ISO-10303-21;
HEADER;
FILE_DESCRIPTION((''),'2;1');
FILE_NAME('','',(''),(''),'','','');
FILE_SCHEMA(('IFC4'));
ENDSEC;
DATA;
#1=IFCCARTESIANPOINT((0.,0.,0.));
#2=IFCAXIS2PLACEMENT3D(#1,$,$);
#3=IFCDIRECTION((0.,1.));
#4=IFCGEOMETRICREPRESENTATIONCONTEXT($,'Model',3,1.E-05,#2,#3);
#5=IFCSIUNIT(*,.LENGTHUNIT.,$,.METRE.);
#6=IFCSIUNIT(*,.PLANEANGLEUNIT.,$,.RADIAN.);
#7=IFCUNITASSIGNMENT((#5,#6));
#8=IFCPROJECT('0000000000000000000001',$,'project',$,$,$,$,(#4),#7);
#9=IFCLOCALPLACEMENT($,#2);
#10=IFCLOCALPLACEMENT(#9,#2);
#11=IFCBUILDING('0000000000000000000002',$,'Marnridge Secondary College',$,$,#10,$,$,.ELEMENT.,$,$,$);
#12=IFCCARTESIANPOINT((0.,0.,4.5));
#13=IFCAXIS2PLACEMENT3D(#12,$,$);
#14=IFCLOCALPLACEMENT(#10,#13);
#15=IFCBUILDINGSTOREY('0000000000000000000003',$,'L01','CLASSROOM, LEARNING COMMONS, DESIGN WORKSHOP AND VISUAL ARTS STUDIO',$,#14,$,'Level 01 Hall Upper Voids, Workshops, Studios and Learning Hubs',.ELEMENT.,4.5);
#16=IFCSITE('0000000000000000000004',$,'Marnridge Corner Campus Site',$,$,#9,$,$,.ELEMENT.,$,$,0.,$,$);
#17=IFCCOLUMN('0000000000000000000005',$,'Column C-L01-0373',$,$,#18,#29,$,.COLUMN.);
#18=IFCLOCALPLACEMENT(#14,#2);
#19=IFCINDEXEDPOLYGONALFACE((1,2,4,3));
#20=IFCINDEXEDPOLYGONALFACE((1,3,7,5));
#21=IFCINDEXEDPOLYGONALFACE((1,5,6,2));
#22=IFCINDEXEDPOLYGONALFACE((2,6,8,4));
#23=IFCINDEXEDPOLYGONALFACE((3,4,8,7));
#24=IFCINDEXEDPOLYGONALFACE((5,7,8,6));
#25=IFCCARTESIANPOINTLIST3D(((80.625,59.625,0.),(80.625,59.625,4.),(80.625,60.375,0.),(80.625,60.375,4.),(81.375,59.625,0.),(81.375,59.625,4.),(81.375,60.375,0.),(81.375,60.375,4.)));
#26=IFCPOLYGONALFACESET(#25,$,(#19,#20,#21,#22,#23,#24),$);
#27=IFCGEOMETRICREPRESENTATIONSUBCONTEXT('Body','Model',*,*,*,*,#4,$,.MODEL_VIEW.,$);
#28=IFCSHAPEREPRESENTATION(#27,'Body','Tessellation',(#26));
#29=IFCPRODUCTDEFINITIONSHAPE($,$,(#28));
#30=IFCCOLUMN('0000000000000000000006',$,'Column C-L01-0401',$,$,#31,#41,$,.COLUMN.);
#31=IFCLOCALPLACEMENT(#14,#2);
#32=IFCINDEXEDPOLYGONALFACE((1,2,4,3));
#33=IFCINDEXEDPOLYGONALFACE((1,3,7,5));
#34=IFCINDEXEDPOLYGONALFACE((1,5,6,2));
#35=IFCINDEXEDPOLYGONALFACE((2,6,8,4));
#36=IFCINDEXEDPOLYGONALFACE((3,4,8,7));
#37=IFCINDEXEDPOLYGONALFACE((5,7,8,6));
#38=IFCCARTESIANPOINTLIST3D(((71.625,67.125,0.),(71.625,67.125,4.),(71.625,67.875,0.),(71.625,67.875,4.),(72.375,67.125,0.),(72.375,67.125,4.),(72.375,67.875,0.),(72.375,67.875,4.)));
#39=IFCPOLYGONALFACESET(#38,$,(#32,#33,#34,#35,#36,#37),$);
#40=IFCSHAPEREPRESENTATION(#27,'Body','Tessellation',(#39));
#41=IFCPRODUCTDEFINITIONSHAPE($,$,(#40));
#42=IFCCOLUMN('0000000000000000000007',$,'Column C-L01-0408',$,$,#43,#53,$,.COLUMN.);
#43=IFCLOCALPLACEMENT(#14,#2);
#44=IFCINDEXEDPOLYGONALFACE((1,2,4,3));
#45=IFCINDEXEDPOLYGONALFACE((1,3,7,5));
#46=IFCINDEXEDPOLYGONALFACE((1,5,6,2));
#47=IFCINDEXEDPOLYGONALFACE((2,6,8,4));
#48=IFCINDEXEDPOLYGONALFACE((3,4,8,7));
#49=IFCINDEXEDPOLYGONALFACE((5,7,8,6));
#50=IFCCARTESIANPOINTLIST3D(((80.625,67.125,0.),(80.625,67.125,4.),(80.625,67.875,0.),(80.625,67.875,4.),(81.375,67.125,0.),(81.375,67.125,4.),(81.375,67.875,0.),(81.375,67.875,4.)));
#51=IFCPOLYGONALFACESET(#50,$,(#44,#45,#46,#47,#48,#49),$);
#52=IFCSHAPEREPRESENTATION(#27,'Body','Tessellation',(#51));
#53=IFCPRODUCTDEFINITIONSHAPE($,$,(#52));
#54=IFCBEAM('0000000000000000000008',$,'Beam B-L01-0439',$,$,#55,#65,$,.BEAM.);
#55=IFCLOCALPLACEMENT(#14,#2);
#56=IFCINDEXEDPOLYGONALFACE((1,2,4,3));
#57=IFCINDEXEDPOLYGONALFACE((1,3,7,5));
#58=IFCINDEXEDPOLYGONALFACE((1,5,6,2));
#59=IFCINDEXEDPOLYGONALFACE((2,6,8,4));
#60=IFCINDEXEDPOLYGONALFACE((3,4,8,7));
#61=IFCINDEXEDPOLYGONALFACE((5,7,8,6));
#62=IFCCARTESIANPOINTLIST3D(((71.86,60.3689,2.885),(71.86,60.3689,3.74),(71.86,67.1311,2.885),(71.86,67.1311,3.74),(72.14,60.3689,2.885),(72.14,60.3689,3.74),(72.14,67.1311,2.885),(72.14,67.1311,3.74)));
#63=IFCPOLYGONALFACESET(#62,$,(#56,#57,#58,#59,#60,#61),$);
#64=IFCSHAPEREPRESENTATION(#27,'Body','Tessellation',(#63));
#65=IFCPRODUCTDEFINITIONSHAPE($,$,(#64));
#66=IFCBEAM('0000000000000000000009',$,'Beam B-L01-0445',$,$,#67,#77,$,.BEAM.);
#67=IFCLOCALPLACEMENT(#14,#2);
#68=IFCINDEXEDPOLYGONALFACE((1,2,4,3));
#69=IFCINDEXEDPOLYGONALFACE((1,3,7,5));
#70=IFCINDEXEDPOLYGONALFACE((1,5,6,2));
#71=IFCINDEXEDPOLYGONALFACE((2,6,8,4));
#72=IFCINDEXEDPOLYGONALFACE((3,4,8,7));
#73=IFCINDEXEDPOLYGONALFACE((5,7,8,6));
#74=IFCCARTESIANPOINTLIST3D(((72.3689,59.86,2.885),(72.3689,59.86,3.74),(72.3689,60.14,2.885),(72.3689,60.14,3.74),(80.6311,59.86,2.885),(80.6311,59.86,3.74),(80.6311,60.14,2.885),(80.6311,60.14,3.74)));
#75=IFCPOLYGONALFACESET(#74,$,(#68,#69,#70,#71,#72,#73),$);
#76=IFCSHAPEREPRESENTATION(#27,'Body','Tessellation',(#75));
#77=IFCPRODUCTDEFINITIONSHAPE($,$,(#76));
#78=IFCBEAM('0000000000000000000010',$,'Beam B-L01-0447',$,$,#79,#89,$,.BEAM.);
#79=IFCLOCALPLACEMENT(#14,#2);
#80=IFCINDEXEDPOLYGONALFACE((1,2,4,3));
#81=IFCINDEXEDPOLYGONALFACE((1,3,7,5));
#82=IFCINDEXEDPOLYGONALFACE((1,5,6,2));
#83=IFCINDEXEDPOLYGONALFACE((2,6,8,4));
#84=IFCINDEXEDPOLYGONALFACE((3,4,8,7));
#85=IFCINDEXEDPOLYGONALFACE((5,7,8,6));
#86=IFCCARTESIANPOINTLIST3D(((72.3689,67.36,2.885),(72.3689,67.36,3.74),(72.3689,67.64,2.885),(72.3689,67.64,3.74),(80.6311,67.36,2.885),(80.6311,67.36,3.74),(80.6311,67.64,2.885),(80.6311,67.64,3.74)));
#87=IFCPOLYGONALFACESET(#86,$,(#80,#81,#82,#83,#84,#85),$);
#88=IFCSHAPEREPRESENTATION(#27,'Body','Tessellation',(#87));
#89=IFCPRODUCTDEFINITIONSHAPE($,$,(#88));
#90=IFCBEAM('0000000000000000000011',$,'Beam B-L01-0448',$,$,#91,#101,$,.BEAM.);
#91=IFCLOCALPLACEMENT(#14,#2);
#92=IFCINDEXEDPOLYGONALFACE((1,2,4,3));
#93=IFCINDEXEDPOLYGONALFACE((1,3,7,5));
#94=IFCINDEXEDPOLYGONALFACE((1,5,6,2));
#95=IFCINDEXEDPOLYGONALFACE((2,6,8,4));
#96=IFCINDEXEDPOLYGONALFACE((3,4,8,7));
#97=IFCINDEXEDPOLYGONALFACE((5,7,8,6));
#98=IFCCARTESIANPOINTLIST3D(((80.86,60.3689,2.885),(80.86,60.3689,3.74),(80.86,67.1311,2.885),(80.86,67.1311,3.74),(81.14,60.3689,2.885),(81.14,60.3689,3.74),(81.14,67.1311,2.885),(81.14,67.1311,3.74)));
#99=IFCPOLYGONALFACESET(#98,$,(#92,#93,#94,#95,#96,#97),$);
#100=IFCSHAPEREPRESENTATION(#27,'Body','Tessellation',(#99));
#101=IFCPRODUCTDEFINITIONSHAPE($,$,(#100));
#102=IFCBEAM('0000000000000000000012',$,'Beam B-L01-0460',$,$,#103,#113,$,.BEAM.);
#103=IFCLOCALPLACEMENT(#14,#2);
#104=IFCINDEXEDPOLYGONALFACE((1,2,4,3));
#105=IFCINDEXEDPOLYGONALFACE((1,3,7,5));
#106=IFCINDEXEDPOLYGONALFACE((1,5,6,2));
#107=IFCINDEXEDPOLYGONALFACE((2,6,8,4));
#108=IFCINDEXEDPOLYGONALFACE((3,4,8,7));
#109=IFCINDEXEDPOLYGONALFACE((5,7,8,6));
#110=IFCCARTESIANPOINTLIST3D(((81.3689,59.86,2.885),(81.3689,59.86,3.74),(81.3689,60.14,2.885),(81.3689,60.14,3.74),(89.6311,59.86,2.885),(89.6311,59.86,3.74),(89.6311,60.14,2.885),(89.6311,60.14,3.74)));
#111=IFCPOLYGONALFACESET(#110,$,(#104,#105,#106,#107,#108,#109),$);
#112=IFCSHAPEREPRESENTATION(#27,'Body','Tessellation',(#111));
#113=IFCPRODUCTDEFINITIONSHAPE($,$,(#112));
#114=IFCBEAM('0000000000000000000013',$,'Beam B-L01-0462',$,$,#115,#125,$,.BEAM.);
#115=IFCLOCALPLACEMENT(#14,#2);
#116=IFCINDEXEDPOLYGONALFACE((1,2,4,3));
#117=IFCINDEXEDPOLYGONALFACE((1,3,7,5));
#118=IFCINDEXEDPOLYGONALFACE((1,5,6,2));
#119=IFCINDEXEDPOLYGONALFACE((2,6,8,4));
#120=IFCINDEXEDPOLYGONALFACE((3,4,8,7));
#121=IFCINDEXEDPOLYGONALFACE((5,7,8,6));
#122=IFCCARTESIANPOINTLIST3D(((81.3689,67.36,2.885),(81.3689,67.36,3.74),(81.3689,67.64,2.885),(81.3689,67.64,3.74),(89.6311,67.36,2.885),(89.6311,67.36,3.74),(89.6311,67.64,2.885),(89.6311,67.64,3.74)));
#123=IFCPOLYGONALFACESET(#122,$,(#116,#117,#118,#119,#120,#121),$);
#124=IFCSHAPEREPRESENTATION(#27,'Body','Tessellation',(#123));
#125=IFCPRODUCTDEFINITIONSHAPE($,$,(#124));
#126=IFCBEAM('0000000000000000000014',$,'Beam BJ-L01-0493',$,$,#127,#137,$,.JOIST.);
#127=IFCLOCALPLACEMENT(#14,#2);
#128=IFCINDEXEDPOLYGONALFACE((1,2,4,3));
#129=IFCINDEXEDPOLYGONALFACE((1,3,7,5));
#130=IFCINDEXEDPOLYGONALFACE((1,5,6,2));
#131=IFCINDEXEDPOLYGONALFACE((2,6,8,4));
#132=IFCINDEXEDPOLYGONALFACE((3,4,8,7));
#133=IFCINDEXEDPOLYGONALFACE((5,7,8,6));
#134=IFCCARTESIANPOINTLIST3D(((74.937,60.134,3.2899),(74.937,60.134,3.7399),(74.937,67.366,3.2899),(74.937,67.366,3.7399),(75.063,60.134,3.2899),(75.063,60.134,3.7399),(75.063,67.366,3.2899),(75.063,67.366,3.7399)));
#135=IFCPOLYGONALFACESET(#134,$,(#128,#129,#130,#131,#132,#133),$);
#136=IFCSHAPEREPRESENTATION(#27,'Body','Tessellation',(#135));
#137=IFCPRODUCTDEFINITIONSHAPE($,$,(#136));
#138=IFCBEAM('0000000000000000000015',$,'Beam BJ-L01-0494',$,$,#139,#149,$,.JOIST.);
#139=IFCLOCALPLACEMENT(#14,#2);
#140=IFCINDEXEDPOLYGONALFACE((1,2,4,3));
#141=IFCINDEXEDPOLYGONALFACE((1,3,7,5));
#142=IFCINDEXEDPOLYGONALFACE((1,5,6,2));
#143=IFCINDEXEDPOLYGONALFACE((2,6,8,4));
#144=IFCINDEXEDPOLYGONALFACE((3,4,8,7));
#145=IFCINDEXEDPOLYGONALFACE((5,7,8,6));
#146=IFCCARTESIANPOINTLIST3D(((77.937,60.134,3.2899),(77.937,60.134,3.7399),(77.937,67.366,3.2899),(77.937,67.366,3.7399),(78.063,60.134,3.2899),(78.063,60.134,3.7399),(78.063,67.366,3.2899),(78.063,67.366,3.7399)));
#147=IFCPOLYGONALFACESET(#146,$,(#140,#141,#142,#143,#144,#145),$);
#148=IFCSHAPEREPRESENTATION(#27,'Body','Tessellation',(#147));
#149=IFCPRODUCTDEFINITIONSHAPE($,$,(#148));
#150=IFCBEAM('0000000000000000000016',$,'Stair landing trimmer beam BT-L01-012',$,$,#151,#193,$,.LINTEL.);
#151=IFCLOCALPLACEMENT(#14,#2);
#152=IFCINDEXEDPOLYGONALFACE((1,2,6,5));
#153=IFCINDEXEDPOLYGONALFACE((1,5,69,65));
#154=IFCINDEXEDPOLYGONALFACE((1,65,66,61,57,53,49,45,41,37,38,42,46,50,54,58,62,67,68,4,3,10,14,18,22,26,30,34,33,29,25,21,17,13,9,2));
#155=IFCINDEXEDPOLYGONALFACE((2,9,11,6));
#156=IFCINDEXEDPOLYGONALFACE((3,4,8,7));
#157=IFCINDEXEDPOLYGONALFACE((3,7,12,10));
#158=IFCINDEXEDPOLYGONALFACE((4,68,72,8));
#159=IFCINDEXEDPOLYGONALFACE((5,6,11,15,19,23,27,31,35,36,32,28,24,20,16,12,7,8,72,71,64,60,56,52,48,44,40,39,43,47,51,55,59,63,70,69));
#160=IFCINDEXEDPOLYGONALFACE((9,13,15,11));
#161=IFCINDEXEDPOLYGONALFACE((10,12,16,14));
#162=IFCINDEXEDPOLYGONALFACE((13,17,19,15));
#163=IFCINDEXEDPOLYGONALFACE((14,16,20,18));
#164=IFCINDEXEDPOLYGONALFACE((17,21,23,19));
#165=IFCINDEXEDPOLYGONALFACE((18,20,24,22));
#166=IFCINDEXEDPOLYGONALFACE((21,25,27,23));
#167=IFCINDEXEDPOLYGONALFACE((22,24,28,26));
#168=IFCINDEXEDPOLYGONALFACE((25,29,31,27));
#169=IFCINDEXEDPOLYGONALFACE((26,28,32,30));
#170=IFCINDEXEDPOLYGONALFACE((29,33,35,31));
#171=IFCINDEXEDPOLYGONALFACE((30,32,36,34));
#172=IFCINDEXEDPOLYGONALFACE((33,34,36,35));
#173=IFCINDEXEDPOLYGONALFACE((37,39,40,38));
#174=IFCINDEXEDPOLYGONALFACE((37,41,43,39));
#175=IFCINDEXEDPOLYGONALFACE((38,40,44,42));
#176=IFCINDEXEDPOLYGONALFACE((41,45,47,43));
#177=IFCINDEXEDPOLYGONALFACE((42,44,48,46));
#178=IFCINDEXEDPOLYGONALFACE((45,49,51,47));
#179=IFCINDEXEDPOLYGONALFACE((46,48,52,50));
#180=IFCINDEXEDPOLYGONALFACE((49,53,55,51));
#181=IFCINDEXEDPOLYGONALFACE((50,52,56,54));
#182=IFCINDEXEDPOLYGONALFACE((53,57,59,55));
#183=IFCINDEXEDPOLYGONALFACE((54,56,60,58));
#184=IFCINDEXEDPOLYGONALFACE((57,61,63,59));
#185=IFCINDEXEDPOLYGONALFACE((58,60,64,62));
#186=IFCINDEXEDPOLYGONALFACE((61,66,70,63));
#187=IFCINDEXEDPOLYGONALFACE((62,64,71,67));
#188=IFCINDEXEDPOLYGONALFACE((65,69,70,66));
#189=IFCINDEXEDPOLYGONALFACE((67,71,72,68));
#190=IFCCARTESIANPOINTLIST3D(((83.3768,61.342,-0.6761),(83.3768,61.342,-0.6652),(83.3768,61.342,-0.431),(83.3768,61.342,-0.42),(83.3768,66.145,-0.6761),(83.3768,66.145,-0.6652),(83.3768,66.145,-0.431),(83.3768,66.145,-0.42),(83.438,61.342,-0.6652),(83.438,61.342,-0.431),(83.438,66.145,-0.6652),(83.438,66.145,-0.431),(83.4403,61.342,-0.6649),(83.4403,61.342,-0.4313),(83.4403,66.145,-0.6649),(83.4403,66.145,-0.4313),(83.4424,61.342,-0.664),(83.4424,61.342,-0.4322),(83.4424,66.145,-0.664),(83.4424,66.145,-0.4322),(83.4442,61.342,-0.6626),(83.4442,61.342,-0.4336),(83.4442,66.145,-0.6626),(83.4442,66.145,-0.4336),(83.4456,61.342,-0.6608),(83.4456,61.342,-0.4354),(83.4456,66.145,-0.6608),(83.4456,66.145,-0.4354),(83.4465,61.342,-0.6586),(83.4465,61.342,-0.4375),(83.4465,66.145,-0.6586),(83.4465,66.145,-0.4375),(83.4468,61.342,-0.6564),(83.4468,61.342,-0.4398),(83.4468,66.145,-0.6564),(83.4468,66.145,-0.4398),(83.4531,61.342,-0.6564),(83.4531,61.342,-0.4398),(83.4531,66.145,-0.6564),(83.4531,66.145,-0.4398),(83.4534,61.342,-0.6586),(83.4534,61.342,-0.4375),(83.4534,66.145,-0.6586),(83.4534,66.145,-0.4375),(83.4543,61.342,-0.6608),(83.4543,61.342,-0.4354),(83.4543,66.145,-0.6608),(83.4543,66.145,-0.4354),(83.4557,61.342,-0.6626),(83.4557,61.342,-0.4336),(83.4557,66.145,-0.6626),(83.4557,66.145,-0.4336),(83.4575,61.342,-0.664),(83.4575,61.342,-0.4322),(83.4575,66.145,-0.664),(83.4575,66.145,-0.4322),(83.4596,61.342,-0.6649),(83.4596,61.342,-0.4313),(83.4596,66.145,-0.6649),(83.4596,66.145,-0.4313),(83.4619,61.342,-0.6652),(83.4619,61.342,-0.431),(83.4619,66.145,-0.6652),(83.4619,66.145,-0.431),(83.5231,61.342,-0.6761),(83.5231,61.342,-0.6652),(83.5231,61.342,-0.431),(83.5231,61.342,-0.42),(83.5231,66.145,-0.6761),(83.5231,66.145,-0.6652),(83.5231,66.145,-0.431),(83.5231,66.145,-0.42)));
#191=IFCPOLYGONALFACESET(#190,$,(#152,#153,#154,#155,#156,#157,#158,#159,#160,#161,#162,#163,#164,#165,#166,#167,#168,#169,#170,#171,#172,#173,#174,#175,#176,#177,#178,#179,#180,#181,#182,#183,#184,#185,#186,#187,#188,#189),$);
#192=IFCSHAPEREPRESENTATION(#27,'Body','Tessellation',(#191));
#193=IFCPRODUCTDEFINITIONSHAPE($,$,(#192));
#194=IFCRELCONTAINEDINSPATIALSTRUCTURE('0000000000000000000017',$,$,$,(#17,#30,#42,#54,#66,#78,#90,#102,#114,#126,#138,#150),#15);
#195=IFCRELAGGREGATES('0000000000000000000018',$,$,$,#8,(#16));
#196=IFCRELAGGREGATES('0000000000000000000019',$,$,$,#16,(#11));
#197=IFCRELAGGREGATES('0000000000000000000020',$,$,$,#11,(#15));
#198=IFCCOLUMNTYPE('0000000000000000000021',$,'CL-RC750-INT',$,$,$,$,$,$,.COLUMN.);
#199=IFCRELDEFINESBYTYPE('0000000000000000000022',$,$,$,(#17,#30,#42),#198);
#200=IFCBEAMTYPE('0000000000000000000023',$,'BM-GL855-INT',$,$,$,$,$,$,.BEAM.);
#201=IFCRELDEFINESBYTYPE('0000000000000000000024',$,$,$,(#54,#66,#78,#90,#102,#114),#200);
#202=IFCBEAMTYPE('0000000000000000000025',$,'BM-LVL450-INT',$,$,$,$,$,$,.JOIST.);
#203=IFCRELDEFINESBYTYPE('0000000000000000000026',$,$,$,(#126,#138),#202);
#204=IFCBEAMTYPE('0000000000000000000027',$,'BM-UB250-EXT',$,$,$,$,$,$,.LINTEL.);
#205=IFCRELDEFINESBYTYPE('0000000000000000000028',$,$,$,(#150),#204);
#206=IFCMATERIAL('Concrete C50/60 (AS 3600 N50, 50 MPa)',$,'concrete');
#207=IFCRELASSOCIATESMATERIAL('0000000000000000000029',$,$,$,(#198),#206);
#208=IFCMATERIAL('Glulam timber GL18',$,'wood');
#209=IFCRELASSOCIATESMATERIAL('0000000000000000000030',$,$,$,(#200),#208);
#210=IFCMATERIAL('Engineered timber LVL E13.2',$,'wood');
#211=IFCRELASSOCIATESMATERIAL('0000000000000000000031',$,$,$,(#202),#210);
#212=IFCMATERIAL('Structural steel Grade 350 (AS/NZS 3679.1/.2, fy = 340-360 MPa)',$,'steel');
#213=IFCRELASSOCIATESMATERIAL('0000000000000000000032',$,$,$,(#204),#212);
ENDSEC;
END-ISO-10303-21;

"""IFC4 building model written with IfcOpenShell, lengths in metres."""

from ifc_helpers import new_model, si_unit, direction, frame, origin, origin_2d, place, context, subcontext, project, spatial, rectangle, i_section, extrude, material, material_profile, profile_set, type_object, element, save


model = new_model("IFC4")

# Units and contexts
model_context = context("Model", 3, precision=1e-05, world=origin(), true_north=direction((0.0, 1.0)))
body_context = subcontext(model_context, "Body", "Model", "MODEL_VIEW")
ifc_project = project(units=[si_unit("LENGTHUNIT", "METRE"), si_unit("PLANEANGLEUNIT", "RADIAN")], contexts=[model_context])

# Site, building, storey
site_placement = place(None, origin())
site = spatial("IfcSite", under=ifc_project, at=site_placement, Name="Marnridge Corner Campus Site", CompositionType="ELEMENT", RefElevation=0.0)
building_placement = place(site_placement, origin())
building = spatial("IfcBuilding", under=site, at=building_placement, Name="Marnridge Secondary College", CompositionType="ELEMENT")
storey_placement = place(building_placement, frame((0.0, 0.0, 4.5)))
storey = spatial("IfcBuildingStorey", under=building, at=storey_placement, Name="L01", Description="CLASSROOM, LEARNING COMMONS, DESIGN WORKSHOP AND VISUAL ARTS STUDIO", LongName="Level 01 Hall Upper Voids, Workshops, Studios and Learning Hubs", CompositionType="ELEMENT", Elevation=4.5)

# Columns
ifc_material_1 = material(Name="Concrete C50/60 (AS 3600 N50, 50 MPa)", Category="concrete")
ifc_material_profile_1 = material_profile(ifc_material_1, rectangle(XDim=0.75, YDim=0.75, at=origin_2d()), Name="RC 750x750")
ifc_profile_set_1 = profile_set([ifc_material_profile_1], Name="Concrete C50/60 (AS 3600 N50, 50 MPa)")
column_type = type_object("IfcColumnType", Name="CL-RC750-INT", PredefinedType="COLUMN", material=ifc_profile_set_1)
for number, where, z_axis, x_axis, name in (
    (1, (81.0, 60.0, 0.0), (0.0, 0.0, 1.0), (1.0, 0.0, 0.0), "Column C-L01-0373"),
    (2, (72.0, 67.5, 0.0), (0.0, 0.0, 1.0), (1.0, 0.0, 0.0), "Column C-L01-0401"),
    (3, (81.0, 67.5, 0.0), (0.0, 0.0, 1.0), (1.0, 0.0, 0.0), "Column C-L01-0408"),
):
    element("IfcColumn", number, at=place(storey_placement, frame(where, z_axis=z_axis, x_axis=x_axis)), inside=storey, type_object=column_type, Name=name, PredefinedType="COLUMN", context=body_context, shape_type="SweptSolid", body=[
        extrude(rectangle(XDim=0.75, YDim=0.75, at=origin_2d()), origin(), (0.0, 0.0, 1.0), 4.0),
    ])

# Beams
ifc_material_2 = material(Name="Glulam timber GL18", Category="wood")
ifc_material_profile_2 = material_profile(ifc_material_2, rectangle(XDim=0.28, YDim=0.855, at=origin_2d()), Name="GL18 280x855")
ifc_profile_set_2 = profile_set([ifc_material_profile_2], Name="Glulam timber GL18")
beam_type_1 = type_object("IfcBeamType", Name="BM-GL855-INT", PredefinedType="BEAM", material=ifc_profile_set_2)
beam_1_placement = place(storey_placement, frame((72.0, 60.3689, 3.3125), z_axis=(0.0, 1.0, 0.0), x_axis=(-1.0, 0.0, 0.0)))
element("IfcBeam", 4, at=beam_1_placement, inside=storey, type_object=beam_type_1, Name="Beam B-L01-0439", PredefinedType="BEAM", context=body_context, shape_type="SweptSolid", body=[
    extrude(rectangle(XDim=0.28, YDim=0.855, at=origin_2d()), origin(), (0.0, 0.0, 1.0), 6.7622),
])
for number, where, z_axis, x_axis, name in (
    (5, (72.3689, 60.0, 3.3125), (1.0, 0.0, 0.0), (0.0, 1.0, 0.0), "Beam B-L01-0445"),
    (6, (72.3689, 67.5, 3.3125), (1.0, 0.0, 0.0), (0.0, 1.0, 0.0), "Beam B-L01-0447"),
):
    element("IfcBeam", number, at=place(storey_placement, frame(where, z_axis=z_axis, x_axis=x_axis)), inside=storey, type_object=beam_type_1, Name=name, PredefinedType="BEAM", context=body_context, shape_type="SweptSolid", body=[
        extrude(rectangle(XDim=0.28, YDim=0.855, at=origin_2d()), origin(), (0.0, 0.0, 1.0), 8.2622),
    ])
beam_2_placement = place(storey_placement, frame((81.0, 60.3689, 3.3125), z_axis=(0.0, 1.0, 0.0), x_axis=(-1.0, 0.0, 0.0)))
element("IfcBeam", 7, at=beam_2_placement, inside=storey, type_object=beam_type_1, Name="Beam B-L01-0448", PredefinedType="BEAM", context=body_context, shape_type="SweptSolid", body=[
    extrude(rectangle(XDim=0.28, YDim=0.855, at=origin_2d()), origin(), (0.0, 0.0, 1.0), 6.7622),
])
for number, where, z_axis, x_axis, name in (
    (8, (81.3689, 60.0, 3.3125), (1.0, 0.0, 0.0), (0.0, 1.0, 0.0), "Beam B-L01-0460"),
    (9, (81.3689, 67.5, 3.3125), (1.0, 0.0, 0.0), (0.0, 1.0, 0.0), "Beam B-L01-0462"),
):
    element("IfcBeam", number, at=place(storey_placement, frame(where, z_axis=z_axis, x_axis=x_axis)), inside=storey, type_object=beam_type_1, Name=name, PredefinedType="BEAM", context=body_context, shape_type="SweptSolid", body=[
        extrude(rectangle(XDim=0.28, YDim=0.855, at=origin_2d()), origin(), (0.0, 0.0, 1.0), 8.2622),
    ])
ifc_material_3 = material(Name="Engineered timber LVL E13.2", Category="wood")
ifc_material_profile_3 = material_profile(ifc_material_3, rectangle(XDim=0.126, YDim=0.45, at=origin_2d()), Name="LVL 126x450")
ifc_profile_set_3 = profile_set([ifc_material_profile_3], Name="Engineered timber LVL E13.2")
beam_type_2 = type_object("IfcBeamType", Name="BM-LVL450-INT", PredefinedType="JOIST", material=ifc_profile_set_3)
for number, where, z_axis, x_axis, name in (
    (10, (75.0, 60.134, 3.5149), (0.0, 1.0, 0.0), (-1.0, 0.0, 0.0), "Beam BJ-L01-0493"),
    (11, (78.0, 60.134, 3.5149), (0.0, 1.0, 0.0), (-1.0, 0.0, 0.0), "Beam BJ-L01-0494"),
):
    element("IfcBeam", number, at=place(storey_placement, frame(where, z_axis=z_axis, x_axis=x_axis)), inside=storey, type_object=beam_type_2, Name=name, PredefinedType="JOIST", context=body_context, shape_type="SweptSolid", body=[
        extrude(rectangle(XDim=0.126, YDim=0.45, at=origin_2d()), origin(), (0.0, 0.0, 1.0), 7.2319),
    ])
ifc_material_4 = material(Name="Structural steel Grade 350 (AS/NZS 3679.1/.2, fy = 340-360 MPa)", Category="steel")
ifc_material_profile_4 = material_profile(ifc_material_4, i_section(OverallWidth=0.1462, OverallDepth=0.2561, WebThickness=0.0063, FlangeThickness=0.011, FilletRadius=0.0088, at=origin_2d()), Name="250UB37.3")
ifc_profile_set_4 = profile_set([ifc_material_profile_4], Name="Structural steel Grade 350 (AS/NZS 3679.1/.2, fy = 340-360 MPa)")
beam_type_3 = type_object("IfcBeamType", Name="BM-UB250-EXT", PredefinedType="LINTEL", material=ifc_profile_set_4)
beam_3_placement = place(storey_placement, frame((83.45, 61.342, -0.5481), z_axis=(0.0, 1.0, 0.0), x_axis=(-1.0, 0.0, 0.0)))
element("IfcBeam", 12, at=beam_3_placement, inside=storey, type_object=beam_type_3, Name="Stair landing trimmer beam BT-L01-012", PredefinedType="LINTEL", context=body_context, shape_type="SweptSolid", body=[
    extrude(i_section(OverallWidth=0.1462, OverallDepth=0.2561, WebThickness=0.0063, FlangeThickness=0.011, FilletRadius=0.0088, at=origin_2d()), origin(), (0.0, 0.0, 1.0), 4.803),
])

save(model, "model.ifc")
